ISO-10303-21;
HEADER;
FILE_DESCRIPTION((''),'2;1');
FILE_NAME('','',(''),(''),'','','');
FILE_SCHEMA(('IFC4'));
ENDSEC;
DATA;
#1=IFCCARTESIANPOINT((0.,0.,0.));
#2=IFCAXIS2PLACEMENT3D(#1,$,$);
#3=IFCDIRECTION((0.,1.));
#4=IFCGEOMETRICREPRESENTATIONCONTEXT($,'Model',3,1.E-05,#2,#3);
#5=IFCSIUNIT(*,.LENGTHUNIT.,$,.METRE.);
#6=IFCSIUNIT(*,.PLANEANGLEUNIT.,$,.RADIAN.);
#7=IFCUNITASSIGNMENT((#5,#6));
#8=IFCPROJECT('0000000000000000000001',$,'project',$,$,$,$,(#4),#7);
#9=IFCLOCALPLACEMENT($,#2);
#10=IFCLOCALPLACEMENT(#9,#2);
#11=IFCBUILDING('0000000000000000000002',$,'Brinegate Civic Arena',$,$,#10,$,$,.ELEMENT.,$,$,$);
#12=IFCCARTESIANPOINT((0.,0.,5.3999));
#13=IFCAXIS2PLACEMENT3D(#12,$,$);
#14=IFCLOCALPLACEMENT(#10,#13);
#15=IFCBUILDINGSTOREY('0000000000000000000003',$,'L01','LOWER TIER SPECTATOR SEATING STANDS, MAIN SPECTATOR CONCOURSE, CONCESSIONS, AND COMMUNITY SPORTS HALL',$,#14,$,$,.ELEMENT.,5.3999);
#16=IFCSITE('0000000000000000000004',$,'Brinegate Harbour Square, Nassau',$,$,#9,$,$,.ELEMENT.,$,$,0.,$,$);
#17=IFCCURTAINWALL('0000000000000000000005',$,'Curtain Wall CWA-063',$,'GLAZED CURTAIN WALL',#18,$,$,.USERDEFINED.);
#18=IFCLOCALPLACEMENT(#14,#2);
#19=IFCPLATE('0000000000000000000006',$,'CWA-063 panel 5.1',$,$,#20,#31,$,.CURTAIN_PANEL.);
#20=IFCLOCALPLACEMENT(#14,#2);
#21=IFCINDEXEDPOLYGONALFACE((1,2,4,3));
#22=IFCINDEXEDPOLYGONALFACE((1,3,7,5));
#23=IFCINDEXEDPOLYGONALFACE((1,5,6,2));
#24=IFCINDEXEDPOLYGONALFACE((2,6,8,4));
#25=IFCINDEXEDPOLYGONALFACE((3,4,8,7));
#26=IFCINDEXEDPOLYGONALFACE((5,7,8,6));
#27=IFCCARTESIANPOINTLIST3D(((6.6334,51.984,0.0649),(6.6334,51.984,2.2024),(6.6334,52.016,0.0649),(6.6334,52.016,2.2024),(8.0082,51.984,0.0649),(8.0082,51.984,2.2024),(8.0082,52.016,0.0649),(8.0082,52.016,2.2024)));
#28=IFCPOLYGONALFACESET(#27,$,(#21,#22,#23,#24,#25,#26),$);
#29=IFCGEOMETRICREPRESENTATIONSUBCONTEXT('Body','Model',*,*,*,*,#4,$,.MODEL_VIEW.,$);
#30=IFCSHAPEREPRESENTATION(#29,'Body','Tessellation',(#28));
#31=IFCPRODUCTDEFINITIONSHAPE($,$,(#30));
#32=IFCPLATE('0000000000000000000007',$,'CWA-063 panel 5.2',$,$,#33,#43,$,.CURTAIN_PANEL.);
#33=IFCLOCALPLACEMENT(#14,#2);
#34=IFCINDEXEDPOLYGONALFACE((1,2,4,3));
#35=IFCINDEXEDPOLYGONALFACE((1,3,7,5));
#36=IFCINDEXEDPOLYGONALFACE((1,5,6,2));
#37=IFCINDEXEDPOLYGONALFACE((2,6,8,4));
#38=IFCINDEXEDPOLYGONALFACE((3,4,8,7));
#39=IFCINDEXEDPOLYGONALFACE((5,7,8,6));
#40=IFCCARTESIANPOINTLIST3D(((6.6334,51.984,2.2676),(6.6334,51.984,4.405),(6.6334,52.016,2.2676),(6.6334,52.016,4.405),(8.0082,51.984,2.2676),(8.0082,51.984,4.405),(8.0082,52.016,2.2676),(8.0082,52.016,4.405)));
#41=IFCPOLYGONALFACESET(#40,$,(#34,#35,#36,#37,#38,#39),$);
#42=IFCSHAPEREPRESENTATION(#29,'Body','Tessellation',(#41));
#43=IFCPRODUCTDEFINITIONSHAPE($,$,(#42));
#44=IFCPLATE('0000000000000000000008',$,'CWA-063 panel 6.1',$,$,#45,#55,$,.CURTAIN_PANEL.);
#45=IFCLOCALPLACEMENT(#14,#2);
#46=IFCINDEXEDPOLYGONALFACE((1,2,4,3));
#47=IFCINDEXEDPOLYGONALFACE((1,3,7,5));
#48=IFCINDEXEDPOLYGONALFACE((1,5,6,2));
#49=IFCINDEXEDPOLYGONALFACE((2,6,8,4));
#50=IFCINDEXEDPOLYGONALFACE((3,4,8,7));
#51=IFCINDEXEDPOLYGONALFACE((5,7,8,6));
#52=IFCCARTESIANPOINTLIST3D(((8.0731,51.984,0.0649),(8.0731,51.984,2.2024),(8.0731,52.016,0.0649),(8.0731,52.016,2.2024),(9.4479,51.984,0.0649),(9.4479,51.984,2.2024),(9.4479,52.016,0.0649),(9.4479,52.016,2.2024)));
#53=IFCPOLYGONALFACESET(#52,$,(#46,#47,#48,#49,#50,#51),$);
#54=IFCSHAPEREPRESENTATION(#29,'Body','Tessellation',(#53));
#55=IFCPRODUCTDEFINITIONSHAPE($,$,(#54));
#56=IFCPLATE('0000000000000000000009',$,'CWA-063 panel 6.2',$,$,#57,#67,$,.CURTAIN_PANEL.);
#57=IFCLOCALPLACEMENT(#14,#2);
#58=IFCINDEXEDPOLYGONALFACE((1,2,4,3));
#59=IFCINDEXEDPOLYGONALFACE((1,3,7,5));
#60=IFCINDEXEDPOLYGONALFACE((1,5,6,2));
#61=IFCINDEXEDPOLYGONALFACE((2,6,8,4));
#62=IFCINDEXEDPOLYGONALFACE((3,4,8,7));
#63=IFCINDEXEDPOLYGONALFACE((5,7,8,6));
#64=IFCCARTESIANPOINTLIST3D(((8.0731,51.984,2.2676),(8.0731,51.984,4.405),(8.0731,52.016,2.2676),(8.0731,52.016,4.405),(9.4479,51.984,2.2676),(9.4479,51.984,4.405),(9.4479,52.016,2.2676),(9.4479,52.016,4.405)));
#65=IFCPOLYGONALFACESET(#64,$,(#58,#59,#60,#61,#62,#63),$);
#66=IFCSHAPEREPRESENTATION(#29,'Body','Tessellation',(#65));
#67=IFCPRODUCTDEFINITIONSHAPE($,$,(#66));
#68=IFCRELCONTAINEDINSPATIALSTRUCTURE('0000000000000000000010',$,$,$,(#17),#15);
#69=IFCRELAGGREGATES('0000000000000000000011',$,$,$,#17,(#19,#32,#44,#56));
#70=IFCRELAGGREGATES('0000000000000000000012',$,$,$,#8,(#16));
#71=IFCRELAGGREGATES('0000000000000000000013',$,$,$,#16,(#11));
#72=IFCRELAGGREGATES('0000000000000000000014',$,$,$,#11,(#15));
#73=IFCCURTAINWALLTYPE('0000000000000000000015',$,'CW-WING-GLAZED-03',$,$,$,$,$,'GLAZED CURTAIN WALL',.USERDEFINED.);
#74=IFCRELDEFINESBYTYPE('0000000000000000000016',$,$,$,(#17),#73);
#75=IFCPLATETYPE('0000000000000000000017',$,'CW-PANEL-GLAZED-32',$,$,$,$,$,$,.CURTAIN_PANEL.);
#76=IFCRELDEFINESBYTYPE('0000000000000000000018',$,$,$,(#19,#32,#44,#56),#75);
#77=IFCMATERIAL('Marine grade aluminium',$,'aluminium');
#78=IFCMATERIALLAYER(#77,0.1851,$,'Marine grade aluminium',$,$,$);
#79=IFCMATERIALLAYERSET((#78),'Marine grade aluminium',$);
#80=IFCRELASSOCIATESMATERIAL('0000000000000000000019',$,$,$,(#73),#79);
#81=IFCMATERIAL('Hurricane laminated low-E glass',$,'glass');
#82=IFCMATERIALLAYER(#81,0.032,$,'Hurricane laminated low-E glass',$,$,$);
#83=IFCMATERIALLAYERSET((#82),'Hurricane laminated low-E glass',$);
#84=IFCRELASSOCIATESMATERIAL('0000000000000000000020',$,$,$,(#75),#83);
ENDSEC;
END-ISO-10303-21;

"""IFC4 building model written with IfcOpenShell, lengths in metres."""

from ifc_helpers import new_model, si_unit, direction, frame, origin, origin_2d, place, context, subcontext, project, spatial, rectangle, extrude, material, layer, layer_set, type_object, element, aggregate, save


model = new_model("IFC4")

# Units and contexts
model_context = context("Model", 3, precision=1e-05, world=origin(), true_north=direction((0.0, 1.0)))
body_context = subcontext(model_context, "Body", "Model", "MODEL_VIEW")
ifc_project = project(units=[si_unit("LENGTHUNIT", "METRE"), si_unit("PLANEANGLEUNIT", "RADIAN")], contexts=[model_context])

# Site, building, storey
site_placement = place(None, origin())
site = spatial("IfcSite", under=ifc_project, at=site_placement, Name="Brinegate Harbour Square, Nassau", CompositionType="ELEMENT", RefElevation=0.0)
building_placement = place(site_placement, origin())
building = spatial("IfcBuilding", under=site, at=building_placement, Name="Brinegate Civic Arena", CompositionType="ELEMENT")
storey_placement = place(building_placement, frame((0.0, 0.0, 5.3999)))
storey = spatial("IfcBuildingStorey", under=building, at=storey_placement, Name="L01", Description="LOWER TIER SPECTATOR SEATING STANDS, MAIN SPECTATOR CONCOURSE, CONCESSIONS, AND COMMUNITY SPORTS HALL", CompositionType="ELEMENT", Elevation=5.3999)

# Curtain wall, plates
ifc_material_1 = material(Name="Marine grade aluminium", Category="aluminium")
ifc_layer_1 = layer(ifc_material_1, 0.1851, Name="Marine grade aluminium")
ifc_layer_set_1 = layer_set([ifc_layer_1], Name="Marine grade aluminium")
curtain_wall_type = type_object("IfcCurtainWallType", Name="CW-WING-GLAZED-03", ElementType="GLAZED CURTAIN WALL", PredefinedType="USERDEFINED", material=ifc_layer_set_1)
curtain_wall_placement = place(storey_placement, origin())
curtain_wall = element("IfcCurtainWall", 1, at=curtain_wall_placement, inside=storey, type_object=curtain_wall_type, Name="Curtain Wall CWA-063", ObjectType="GLAZED CURTAIN WALL", PredefinedType="USERDEFINED")
ifc_material_2 = material(Name="Hurricane laminated low-E glass", Category="glass")
ifc_layer_2 = layer(ifc_material_2, 0.032, Name="Hurricane laminated low-E glass")
ifc_layer_set_2 = layer_set([ifc_layer_2], Name="Hurricane laminated low-E glass")
plate_type = type_object("IfcPlateType", Name="CW-PANEL-GLAZED-32", PredefinedType="CURTAIN_PANEL", material=ifc_layer_set_2)
plate_1_placement = place(storey_placement, frame((7.3208, 52.0, 0.0649), z_axis=(0.0, 0.0, 1.0), x_axis=(1.0, 0.0, 0.0)))
plate_1 = element("IfcPlate", 2, at=plate_1_placement, type_object=plate_type, Name="CWA-063 panel 5.1", PredefinedType="CURTAIN_PANEL", context=body_context, shape_type="SweptSolid", body=[
    extrude(rectangle(XDim=1.3748, YDim=0.032, at=origin_2d()), origin(), (0.0, 0.0, 1.0), 2.1375),
])
plate_2_placement = place(storey_placement, frame((7.3208, 52.0, 2.2676), z_axis=(0.0, 0.0, 1.0), x_axis=(1.0, 0.0, 0.0)))
plate_2 = element("IfcPlate", 3, at=plate_2_placement, type_object=plate_type, Name="CWA-063 panel 5.2", PredefinedType="CURTAIN_PANEL", context=body_context, shape_type="SweptSolid", body=[
    extrude(rectangle(XDim=1.3748, YDim=0.032, at=origin_2d()), origin(), (0.0, 0.0, 1.0), 2.1375),
])
plate_3_placement = place(storey_placement, frame((8.7605, 52.0, 0.0649), z_axis=(0.0, 0.0, 1.0), x_axis=(1.0, 0.0, 0.0)))
plate_3 = element("IfcPlate", 4, at=plate_3_placement, type_object=plate_type, Name="CWA-063 panel 6.1", PredefinedType="CURTAIN_PANEL", context=body_context, shape_type="SweptSolid", body=[
    extrude(rectangle(XDim=1.3748, YDim=0.032, at=origin_2d()), origin(), (0.0, 0.0, 1.0), 2.1375),
])
plate_4_placement = place(storey_placement, frame((8.7605, 52.0, 2.2676), z_axis=(0.0, 0.0, 1.0), x_axis=(1.0, 0.0, 0.0)))
plate_4 = element("IfcPlate", 5, at=plate_4_placement, type_object=plate_type, Name="CWA-063 panel 6.2", PredefinedType="CURTAIN_PANEL", context=body_context, shape_type="SweptSolid", body=[
    extrude(rectangle(XDim=1.3748, YDim=0.032, at=origin_2d()), origin(), (0.0, 0.0, 1.0), 2.1375),
])
aggregate(curtain_wall, [plate_1, plate_2, plate_3, plate_4])

save(model, "model.ifc")
